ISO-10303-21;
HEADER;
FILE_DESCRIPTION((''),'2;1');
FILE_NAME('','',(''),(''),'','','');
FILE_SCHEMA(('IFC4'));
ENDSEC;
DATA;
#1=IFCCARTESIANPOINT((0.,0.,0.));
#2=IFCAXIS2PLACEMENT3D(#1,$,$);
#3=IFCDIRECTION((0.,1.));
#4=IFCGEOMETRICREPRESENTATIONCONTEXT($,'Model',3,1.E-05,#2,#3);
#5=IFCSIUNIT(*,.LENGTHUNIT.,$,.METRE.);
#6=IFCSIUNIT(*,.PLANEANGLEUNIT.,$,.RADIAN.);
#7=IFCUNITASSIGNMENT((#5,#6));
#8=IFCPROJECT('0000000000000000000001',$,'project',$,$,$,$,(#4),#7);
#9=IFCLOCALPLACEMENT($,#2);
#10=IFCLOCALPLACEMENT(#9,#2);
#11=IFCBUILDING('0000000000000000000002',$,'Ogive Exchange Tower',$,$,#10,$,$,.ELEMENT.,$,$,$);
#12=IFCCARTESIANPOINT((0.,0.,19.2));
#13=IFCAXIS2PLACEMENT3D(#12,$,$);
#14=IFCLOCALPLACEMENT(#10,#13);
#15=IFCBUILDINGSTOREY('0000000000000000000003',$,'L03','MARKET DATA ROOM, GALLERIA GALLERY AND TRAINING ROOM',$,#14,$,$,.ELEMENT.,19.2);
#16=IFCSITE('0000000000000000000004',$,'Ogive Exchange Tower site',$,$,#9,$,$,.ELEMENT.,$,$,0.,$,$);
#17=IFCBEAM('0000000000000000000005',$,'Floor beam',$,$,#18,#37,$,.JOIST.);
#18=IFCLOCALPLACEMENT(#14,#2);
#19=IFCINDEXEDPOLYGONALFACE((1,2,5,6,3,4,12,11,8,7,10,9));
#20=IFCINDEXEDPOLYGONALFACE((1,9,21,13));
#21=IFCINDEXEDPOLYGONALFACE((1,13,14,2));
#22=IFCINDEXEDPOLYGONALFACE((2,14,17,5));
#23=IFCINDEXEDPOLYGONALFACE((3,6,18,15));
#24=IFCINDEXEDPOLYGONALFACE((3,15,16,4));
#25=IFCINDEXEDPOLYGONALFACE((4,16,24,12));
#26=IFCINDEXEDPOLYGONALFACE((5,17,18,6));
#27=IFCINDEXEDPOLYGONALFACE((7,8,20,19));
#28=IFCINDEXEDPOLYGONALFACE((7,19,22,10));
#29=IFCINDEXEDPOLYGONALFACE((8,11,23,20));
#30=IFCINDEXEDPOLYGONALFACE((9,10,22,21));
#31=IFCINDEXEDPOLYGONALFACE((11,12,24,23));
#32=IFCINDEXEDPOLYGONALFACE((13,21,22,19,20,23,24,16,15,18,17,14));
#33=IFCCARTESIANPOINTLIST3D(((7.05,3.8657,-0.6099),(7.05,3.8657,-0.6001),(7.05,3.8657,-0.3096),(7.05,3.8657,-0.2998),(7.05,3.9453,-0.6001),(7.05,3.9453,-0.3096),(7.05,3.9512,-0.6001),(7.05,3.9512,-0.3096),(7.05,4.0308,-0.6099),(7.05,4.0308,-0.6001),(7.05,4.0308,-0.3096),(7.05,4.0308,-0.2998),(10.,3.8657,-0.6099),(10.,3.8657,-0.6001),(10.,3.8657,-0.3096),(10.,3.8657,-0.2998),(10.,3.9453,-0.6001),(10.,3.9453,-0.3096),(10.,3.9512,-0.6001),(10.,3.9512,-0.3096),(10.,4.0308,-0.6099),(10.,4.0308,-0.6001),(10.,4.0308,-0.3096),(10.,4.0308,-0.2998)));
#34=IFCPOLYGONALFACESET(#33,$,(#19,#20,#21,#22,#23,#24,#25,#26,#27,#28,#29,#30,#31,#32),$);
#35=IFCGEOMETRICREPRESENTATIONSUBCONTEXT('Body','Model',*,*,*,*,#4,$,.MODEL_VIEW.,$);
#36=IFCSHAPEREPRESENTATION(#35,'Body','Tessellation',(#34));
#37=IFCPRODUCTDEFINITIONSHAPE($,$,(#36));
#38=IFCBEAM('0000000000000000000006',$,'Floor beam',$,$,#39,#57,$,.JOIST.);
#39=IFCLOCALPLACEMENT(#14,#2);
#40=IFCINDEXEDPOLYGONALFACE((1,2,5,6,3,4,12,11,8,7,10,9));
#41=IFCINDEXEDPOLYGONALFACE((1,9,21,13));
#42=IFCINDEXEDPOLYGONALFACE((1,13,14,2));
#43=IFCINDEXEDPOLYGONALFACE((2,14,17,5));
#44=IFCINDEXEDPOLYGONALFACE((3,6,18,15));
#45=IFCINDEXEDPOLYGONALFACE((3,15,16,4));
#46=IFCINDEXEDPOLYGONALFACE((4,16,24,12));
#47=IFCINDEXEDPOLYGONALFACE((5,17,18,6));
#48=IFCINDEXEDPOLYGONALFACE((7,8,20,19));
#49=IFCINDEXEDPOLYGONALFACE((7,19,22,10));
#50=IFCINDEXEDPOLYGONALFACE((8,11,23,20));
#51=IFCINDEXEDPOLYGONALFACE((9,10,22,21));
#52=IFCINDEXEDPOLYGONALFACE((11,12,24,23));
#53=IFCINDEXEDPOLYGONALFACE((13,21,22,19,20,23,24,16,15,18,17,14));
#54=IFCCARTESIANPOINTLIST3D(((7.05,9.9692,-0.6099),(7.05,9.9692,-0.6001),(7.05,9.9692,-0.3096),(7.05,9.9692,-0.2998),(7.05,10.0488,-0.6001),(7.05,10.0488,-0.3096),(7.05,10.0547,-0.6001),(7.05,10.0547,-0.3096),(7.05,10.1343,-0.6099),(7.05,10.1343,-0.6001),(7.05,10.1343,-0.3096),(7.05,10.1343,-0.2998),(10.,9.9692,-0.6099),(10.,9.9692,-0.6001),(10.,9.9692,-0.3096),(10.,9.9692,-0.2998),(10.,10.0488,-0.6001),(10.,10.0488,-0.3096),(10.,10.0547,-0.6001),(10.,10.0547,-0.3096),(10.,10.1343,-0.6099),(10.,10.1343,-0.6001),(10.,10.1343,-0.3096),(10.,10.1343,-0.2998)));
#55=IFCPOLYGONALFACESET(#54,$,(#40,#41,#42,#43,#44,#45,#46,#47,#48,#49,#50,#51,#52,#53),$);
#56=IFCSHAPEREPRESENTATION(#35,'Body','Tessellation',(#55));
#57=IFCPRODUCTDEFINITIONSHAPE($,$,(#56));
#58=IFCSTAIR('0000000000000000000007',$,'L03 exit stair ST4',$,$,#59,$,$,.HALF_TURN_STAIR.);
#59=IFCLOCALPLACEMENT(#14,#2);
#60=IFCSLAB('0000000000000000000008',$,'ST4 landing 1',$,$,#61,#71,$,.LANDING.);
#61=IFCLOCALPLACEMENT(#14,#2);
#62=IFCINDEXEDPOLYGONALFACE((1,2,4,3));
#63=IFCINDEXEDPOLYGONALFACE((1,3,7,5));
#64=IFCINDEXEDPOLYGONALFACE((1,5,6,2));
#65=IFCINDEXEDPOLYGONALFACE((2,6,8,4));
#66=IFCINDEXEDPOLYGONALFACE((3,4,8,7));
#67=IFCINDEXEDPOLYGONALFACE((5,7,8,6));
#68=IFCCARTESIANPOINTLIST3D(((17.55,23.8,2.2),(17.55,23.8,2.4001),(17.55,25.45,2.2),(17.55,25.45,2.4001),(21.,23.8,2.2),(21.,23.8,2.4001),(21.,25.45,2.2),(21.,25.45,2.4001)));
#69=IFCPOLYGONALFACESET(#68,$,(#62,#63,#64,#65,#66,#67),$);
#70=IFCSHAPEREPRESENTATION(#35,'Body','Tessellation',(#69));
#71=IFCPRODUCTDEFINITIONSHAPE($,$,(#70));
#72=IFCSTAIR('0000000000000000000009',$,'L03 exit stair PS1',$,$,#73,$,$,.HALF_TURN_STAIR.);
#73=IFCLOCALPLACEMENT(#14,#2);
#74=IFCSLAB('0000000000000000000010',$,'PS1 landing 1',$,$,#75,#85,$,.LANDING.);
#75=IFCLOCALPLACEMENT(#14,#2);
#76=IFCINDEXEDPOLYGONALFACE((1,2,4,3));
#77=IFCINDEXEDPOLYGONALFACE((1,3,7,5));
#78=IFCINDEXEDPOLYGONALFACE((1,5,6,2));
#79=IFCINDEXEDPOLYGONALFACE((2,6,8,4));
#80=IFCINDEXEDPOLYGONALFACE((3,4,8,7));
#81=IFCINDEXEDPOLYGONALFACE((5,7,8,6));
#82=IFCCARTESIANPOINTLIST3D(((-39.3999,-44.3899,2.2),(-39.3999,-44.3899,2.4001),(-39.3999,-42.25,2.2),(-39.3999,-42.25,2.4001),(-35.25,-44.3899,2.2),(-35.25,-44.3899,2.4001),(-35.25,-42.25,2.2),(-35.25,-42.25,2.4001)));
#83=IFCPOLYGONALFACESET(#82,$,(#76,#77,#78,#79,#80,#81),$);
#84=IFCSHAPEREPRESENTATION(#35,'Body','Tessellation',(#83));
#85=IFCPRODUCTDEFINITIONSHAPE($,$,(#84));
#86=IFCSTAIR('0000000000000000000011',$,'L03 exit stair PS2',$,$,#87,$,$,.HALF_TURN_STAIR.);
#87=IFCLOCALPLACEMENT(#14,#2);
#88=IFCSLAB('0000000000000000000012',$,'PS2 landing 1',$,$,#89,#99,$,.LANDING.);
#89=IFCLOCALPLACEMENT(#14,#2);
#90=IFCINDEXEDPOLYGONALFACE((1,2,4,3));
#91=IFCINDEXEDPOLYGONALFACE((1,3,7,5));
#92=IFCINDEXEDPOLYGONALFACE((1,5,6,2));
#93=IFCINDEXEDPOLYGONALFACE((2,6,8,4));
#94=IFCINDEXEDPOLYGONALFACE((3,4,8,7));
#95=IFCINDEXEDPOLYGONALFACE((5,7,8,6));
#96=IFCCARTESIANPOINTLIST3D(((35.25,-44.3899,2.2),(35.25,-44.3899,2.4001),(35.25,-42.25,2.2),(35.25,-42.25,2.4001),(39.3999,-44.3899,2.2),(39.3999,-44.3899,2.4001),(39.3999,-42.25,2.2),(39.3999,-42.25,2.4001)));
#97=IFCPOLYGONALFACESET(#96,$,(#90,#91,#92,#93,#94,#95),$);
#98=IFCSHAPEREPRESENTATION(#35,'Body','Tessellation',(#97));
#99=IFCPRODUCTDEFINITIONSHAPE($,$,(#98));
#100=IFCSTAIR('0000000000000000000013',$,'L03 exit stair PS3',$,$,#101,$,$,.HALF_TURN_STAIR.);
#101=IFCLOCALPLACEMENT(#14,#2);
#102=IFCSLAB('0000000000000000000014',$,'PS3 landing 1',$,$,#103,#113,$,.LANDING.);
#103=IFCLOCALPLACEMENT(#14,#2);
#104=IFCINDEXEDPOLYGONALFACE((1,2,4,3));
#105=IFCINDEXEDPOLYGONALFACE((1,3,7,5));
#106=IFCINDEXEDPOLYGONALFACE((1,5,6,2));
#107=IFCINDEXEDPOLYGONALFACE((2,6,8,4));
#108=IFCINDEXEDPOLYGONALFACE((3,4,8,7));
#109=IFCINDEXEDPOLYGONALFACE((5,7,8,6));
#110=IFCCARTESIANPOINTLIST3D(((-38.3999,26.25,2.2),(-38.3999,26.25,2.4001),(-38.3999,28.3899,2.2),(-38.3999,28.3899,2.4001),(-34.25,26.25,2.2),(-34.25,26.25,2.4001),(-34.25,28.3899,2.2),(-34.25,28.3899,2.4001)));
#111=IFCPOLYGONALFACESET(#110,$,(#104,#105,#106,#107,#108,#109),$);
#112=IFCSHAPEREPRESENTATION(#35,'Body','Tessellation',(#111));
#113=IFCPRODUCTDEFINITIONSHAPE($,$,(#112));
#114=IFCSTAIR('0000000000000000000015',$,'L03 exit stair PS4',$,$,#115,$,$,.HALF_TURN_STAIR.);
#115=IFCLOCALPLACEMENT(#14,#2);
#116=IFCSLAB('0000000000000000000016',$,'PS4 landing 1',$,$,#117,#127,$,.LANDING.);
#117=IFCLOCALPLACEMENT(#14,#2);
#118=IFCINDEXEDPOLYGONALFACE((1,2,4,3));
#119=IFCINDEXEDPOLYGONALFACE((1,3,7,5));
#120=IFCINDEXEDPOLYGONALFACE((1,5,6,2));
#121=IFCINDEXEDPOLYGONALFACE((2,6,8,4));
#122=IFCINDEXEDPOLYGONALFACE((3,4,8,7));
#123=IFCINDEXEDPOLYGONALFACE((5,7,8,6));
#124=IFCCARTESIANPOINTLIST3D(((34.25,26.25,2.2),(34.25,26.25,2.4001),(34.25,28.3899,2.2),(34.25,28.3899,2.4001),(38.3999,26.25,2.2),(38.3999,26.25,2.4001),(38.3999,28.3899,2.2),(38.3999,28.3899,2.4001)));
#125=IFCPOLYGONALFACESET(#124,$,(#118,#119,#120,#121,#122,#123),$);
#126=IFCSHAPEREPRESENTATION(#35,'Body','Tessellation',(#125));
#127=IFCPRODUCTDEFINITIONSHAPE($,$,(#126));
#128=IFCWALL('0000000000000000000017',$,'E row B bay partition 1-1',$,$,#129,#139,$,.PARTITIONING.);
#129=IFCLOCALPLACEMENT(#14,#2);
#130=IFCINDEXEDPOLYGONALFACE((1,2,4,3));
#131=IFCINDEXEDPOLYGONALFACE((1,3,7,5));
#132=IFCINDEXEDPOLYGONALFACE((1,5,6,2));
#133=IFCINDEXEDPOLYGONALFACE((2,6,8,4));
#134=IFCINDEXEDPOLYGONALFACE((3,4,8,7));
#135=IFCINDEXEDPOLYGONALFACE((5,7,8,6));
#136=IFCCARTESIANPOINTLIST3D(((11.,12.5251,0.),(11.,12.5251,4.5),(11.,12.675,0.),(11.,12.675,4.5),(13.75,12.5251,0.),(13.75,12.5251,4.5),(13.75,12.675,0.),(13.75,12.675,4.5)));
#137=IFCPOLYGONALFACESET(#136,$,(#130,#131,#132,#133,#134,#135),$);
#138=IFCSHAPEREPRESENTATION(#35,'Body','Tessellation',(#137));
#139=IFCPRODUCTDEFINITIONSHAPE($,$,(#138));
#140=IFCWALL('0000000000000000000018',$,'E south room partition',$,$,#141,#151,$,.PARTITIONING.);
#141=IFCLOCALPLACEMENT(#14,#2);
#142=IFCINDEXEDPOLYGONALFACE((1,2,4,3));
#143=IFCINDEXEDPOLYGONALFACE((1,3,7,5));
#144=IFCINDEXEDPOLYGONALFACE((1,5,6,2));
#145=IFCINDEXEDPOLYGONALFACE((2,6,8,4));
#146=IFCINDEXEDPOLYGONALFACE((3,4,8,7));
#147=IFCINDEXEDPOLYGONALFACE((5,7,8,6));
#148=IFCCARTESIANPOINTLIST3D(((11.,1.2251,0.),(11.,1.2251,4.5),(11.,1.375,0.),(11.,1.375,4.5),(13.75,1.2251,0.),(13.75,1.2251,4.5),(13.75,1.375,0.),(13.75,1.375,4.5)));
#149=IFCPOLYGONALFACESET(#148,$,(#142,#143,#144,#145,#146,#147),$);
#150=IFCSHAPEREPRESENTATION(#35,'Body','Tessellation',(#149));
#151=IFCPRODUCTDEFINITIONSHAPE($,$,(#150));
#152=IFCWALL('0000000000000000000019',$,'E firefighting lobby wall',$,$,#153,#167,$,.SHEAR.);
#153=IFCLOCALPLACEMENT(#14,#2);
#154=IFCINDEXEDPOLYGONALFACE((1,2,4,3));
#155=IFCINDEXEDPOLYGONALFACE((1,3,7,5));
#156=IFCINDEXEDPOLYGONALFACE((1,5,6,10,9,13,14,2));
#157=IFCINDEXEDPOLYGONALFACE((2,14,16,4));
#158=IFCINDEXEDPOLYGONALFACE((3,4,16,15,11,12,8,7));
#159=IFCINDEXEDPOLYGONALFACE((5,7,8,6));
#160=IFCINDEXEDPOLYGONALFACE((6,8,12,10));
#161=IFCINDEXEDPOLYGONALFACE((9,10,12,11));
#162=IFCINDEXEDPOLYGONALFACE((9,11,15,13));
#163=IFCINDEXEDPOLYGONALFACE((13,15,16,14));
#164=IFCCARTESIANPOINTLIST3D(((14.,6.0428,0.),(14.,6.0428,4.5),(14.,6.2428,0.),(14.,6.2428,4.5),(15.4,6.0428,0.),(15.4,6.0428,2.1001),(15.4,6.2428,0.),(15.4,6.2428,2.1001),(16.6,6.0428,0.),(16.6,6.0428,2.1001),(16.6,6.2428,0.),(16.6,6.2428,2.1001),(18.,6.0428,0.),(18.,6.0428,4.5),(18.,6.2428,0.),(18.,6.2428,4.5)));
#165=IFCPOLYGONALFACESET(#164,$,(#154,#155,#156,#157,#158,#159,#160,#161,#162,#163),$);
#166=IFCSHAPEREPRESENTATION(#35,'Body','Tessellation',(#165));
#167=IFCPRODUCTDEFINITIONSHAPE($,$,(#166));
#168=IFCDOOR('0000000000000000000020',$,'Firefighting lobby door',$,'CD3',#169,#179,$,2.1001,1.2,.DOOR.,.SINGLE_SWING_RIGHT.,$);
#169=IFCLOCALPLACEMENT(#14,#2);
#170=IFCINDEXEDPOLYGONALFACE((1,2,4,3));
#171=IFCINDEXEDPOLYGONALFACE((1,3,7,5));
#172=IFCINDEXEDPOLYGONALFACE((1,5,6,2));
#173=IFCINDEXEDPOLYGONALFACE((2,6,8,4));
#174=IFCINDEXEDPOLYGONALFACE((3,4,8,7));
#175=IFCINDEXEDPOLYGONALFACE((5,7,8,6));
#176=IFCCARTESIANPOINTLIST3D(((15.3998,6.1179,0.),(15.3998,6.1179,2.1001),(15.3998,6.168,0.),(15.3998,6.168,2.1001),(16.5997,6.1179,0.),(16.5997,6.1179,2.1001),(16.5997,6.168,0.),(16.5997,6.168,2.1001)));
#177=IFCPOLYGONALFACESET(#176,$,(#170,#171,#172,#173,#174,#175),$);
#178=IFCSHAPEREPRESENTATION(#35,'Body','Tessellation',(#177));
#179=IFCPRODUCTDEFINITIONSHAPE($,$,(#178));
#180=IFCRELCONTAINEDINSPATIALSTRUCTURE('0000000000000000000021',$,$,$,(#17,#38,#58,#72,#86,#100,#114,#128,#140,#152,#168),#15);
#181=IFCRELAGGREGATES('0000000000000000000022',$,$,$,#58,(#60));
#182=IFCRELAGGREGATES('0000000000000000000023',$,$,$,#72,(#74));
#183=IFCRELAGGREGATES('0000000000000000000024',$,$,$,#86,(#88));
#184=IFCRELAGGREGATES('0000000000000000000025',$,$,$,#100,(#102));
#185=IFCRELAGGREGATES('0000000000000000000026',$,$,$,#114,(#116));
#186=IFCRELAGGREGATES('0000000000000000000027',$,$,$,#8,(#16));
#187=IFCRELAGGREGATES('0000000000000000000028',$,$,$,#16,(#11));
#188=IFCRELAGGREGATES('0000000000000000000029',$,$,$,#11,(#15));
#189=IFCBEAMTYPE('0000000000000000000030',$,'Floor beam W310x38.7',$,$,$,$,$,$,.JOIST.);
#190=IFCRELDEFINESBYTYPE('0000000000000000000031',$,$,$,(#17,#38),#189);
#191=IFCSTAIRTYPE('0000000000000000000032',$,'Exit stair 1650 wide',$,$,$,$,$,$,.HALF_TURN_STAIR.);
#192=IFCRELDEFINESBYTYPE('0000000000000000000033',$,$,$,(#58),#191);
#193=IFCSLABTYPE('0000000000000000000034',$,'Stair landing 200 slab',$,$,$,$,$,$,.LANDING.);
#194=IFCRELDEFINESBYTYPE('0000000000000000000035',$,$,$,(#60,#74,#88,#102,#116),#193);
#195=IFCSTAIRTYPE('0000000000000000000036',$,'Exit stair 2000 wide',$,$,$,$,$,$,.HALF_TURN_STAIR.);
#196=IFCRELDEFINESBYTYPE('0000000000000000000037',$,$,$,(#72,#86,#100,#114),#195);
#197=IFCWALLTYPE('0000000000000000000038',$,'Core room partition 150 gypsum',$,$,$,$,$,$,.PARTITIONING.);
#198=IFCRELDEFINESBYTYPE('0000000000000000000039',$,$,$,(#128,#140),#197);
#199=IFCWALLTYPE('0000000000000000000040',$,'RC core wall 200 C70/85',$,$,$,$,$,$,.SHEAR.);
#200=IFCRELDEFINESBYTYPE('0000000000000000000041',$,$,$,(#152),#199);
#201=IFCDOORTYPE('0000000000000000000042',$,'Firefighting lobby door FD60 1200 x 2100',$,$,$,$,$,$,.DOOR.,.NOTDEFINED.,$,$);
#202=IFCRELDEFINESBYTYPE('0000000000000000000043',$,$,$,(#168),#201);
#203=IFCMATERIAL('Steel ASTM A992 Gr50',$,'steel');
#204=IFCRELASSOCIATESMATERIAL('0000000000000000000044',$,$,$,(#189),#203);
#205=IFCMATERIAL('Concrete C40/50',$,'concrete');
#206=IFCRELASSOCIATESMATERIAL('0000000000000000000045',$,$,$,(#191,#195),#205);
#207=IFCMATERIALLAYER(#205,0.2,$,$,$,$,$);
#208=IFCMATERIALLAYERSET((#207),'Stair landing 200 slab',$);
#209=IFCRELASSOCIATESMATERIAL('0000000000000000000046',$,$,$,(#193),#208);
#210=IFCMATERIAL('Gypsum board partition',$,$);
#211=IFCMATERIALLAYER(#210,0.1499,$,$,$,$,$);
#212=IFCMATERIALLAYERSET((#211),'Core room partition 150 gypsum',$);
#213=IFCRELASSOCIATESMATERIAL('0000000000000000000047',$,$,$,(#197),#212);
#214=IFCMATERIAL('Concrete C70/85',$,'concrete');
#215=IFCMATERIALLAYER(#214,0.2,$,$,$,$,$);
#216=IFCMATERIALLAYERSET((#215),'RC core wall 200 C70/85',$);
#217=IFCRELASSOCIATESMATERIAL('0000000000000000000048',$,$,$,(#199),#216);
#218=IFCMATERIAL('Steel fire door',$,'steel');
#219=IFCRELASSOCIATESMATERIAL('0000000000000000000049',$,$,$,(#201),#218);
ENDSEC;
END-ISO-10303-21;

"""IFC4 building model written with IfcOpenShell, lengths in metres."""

from ifc_helpers import new_model, si_unit, direction, frame, frame_2d, origin, origin_2d, place, context, subcontext, project, spatial, polyline, rectangle, i_section, outline, extrude, material, layer, layer_set, material_profile, profile_set, type_object, element, fill, aggregate, save


model = new_model("IFC4")

# Units and contexts
model_context = context("Model", 3, precision=1e-05, world=origin(), true_north=direction((0.0, 1.0)))
body_context = subcontext(model_context, "Body", "Model", "MODEL_VIEW")
ifc_project = project(units=[si_unit("LENGTHUNIT", "METRE"), si_unit("PLANEANGLEUNIT", "RADIAN")], contexts=[model_context])

# Site, building, storey
site_placement = place(None, origin())
site = spatial("IfcSite", under=ifc_project, at=site_placement, Name="Ogive Exchange Tower site", CompositionType="ELEMENT", RefElevation=0.0)
building_placement = place(site_placement, origin())
building = spatial("IfcBuilding", under=site, at=building_placement, Name="Ogive Exchange Tower", CompositionType="ELEMENT")
storey_placement = place(building_placement, frame((0.0, 0.0, 19.2)))
storey = spatial("IfcBuildingStorey", under=building, at=storey_placement, Name="L03", Description="MARKET DATA ROOM, GALLERIA GALLERY AND TRAINING ROOM", CompositionType="ELEMENT", Elevation=19.2)

# Beams
ifc_material_1 = material(Name="Steel ASTM A992 Gr50", Category="steel")
ifc_material_profile = material_profile(ifc_material_1, i_section(OverallWidth=0.165, OverallDepth=0.3101, WebThickness=0.0059, FlangeThickness=0.0098, at=origin_2d()), Name="W310x38.7")
ifc_profile_set = profile_set([ifc_material_profile], Name="Steel ASTM A992 Gr50")
beam_type = type_object("IfcBeamType", Name="Floor beam W310x38.7", PredefinedType="JOIST", material=ifc_profile_set)
for number, where, z_axis, x_axis, name in (
    (1, (7.05, 3.9482, -0.4548), (1.0, 0.0, 0.0), (0.0, 1.0, 0.0), "Floor beam"),
    (2, (7.05, 10.0518, -0.4548), (1.0, 0.0, 0.0), (0.0, 1.0, 0.0), "Floor beam"),
):
    element("IfcBeam", number, at=place(storey_placement, frame(where, z_axis=z_axis, x_axis=x_axis)), inside=storey, type_object=beam_type, Name=name, PredefinedType="JOIST", context=body_context, shape_type="SweptSolid", body=[
        extrude(i_section(OverallWidth=0.165, OverallDepth=0.3101, WebThickness=0.0059, FlangeThickness=0.0098, at=origin_2d()), origin(), (0.0, 0.0, 1.0), 2.95),
    ])

# Stairs, slabs
ifc_material_2 = material(Name="Concrete C40/50", Category="concrete")
stair_type_1 = type_object("IfcStairType", Name="Exit stair 1650 wide", PredefinedType="HALF_TURN_STAIR", material=ifc_material_2)
stair_1_placement = place(storey_placement, origin())
stair_1 = element("IfcStair", 3, at=stair_1_placement, inside=storey, type_object=stair_type_1, Name="L03 exit stair ST4", PredefinedType="HALF_TURN_STAIR")
ifc_layer_1 = layer(ifc_material_2, 0.2)
ifc_layer_set_1 = layer_set([ifc_layer_1], Name="Stair landing 200 slab")
slab_type = type_object("IfcSlabType", Name="Stair landing 200 slab", PredefinedType="LANDING", material=ifc_layer_set_1)
slab_1_placement = place(storey_placement, frame((0.0, 0.0, 2.2)))
slab_1 = element("IfcSlab", 4, at=slab_1_placement, type_object=slab_type, Name="ST4 landing 1", PredefinedType="LANDING", context=body_context, shape_type="SweptSolid", body=[
    extrude(outline(polyline([(21.0, 23.8), (21.0, 25.45), (17.55, 25.45), (17.55, 23.8), (21.0, 23.8)])), origin(), (0.0, 0.0, 1.0), 0.2002),
])
aggregate(stair_1, [slab_1])
stair_type_2 = type_object("IfcStairType", Name="Exit stair 2000 wide", PredefinedType="HALF_TURN_STAIR", material=ifc_material_2)
stair_2_placement = place(storey_placement, origin())
stair_2 = element("IfcStair", 5, at=stair_2_placement, inside=storey, type_object=stair_type_2, Name="L03 exit stair PS1", PredefinedType="HALF_TURN_STAIR")
slab_2_placement = place(storey_placement, frame((0.0, 0.0, 2.2)))
slab_2 = element("IfcSlab", 6, at=slab_2_placement, type_object=slab_type, Name="PS1 landing 1", PredefinedType="LANDING", context=body_context, shape_type="SweptSolid", body=[
    extrude(outline(polyline([(-35.25, -44.3899), (-35.25, -42.25), (-39.3999, -42.25), (-39.3999, -44.3899), (-35.25, -44.3899)])), origin(), (0.0, 0.0, 1.0), 0.2002),
])
aggregate(stair_2, [slab_2])
stair_3_placement = place(storey_placement, origin())
stair_3 = element("IfcStair", 7, at=stair_3_placement, inside=storey, type_object=stair_type_2, Name="L03 exit stair PS2", PredefinedType="HALF_TURN_STAIR")
slab_3_placement = place(storey_placement, frame((0.0, 0.0, 2.2)))
slab_3 = element("IfcSlab", 8, at=slab_3_placement, type_object=slab_type, Name="PS2 landing 1", PredefinedType="LANDING", context=body_context, shape_type="SweptSolid", body=[
    extrude(outline(polyline([(39.3999, -44.3899), (39.3999, -42.25), (35.25, -42.25), (35.25, -44.3899), (39.3999, -44.3899)])), origin(), (0.0, 0.0, 1.0), 0.2002),
])
aggregate(stair_3, [slab_3])
stair_4_placement = place(storey_placement, origin())
stair_4 = element("IfcStair", 9, at=stair_4_placement, inside=storey, type_object=stair_type_2, Name="L03 exit stair PS3", PredefinedType="HALF_TURN_STAIR")
slab_4_placement = place(storey_placement, frame((0.0, 0.0, 2.2)))
slab_4 = element("IfcSlab", 10, at=slab_4_placement, type_object=slab_type, Name="PS3 landing 1", PredefinedType="LANDING", context=body_context, shape_type="SweptSolid", body=[
    extrude(outline(polyline([(-38.3999, 28.3899), (-38.3999, 26.25), (-34.25, 26.25), (-34.25, 28.3899), (-38.3999, 28.3899)])), origin(), (0.0, 0.0, 1.0), 0.2002),
])
aggregate(stair_4, [slab_4])
stair_5_placement = place(storey_placement, origin())
stair_5 = element("IfcStair", 11, at=stair_5_placement, inside=storey, type_object=stair_type_2, Name="L03 exit stair PS4", PredefinedType="HALF_TURN_STAIR")
slab_5_placement = place(storey_placement, frame((0.0, 0.0, 2.2)))
slab_5 = element("IfcSlab", 12, at=slab_5_placement, type_object=slab_type, Name="PS4 landing 1", PredefinedType="LANDING", context=body_context, shape_type="SweptSolid", body=[
    extrude(outline(polyline([(34.25, 28.3899), (34.25, 26.25), (38.3999, 26.25), (38.3999, 28.3899), (34.25, 28.3899)])), origin(), (0.0, 0.0, 1.0), 0.2002),
])
aggregate(stair_5, [slab_5])

# Walls
ifc_material_3 = material(Name="Gypsum board partition")
ifc_layer_2 = layer(ifc_material_3, 0.1499)
ifc_layer_set_2 = layer_set([ifc_layer_2], Name="Core room partition 150 gypsum")
wall_type_1 = type_object("IfcWallType", Name="Core room partition 150 gypsum", PredefinedType="PARTITIONING", material=ifc_layer_set_2)
for number, where, z_axis, x_axis, name in (
    (13, (11.0, 12.6001, 0.0), (0.0, 0.0, 1.0), (1.0, 0.0, 0.0), "E row B bay partition 1-1"),
    (14, (11.0, 1.3, 0.0), (0.0, 0.0, 1.0), (1.0, 0.0, 0.0), "E south room partition"),
):
    element("IfcWall", number, at=place(storey_placement, frame(where, z_axis=z_axis, x_axis=x_axis)), inside=storey, type_object=wall_type_1, Name=name, PredefinedType="PARTITIONING", context=body_context, shape_type="SweptSolid", body=[
        extrude(rectangle(XDim=2.75, YDim=0.1499, at=frame_2d((1.375, 0.0))), origin(), (0.0, 0.0, 1.0), 4.5),
    ])

# Wall, opening, door
ifc_material_4 = material(Name="Concrete C70/85", Category="concrete")
ifc_layer_3 = layer(ifc_material_4, 0.2)
ifc_layer_set_3 = layer_set([ifc_layer_3], Name="RC core wall 200 C70/85")
wall_type_2 = type_object("IfcWallType", Name="RC core wall 200 C70/85", PredefinedType="SHEAR", material=ifc_layer_set_3)
wall_1_placement = place(storey_placement, frame((14.0, 6.1428, 0.0), z_axis=(0.0, 0.0, 1.0), x_axis=(1.0, 0.0, 0.0)))
wall_1 = element("IfcWall", 15, at=wall_1_placement, inside=storey, type_object=wall_type_2, Name="E firefighting lobby wall", PredefinedType="SHEAR", context=body_context, shape_type="SweptSolid", body=[
    extrude(rectangle(XDim=4.0, YDim=0.2, at=frame_2d((2.0, 0.0))), origin(), (0.0, 0.0, 1.0), 4.5),
])
opening_1_placement = place(wall_1_placement, frame((1.3999, 0.0, 0.0)))
opening_1 = element("IfcOpeningElement", 16, at=opening_1_placement, cuts=wall_1, PredefinedType="OPENING", context=body_context, shape_type="SweptSolid", body=[
    extrude(rectangle(XDim=1.2, YDim=2.1001, at=frame_2d((0.6001, 1.05))), frame((0.0, 0.1099, 0.0), z_axis=(0.0, -1.0, 0.0), x_axis=(1.0, 0.0, 0.0)), (0.0, 0.0, 1.0), 0.22),
])
ifc_material_5 = material(Name="Steel fire door", Category="steel")
door_type_1 = type_object("IfcDoorType", Name="Firefighting lobby door FD60 1200 x 2100", OperationType="NOTDEFINED", PredefinedType="DOOR", material=ifc_material_5)
door_1_placement = place(opening_1_placement, frame((1.2, 0.0, 0.0), z_axis=(0.0, 0.0, 1.0), x_axis=(-1.0, 0.0, 0.0)))
door_1 = element("IfcDoor", 17, at=door_1_placement, inside=storey, type_object=door_type_1, Name="Firefighting lobby door", ObjectType="CD3", OperationType="SINGLE_SWING_RIGHT", OverallHeight=2.1001, OverallWidth=1.2, PredefinedType="DOOR", context=body_context, shape_type="SweptSolid", body=[
    extrude(rectangle(XDim=1.2, YDim=2.1001, at=frame_2d((0.6001, 1.05))), frame((0.0, 0.0249, 0.0), z_axis=(0.0, -1.0, 0.0), x_axis=(1.0, 0.0, 0.0)), (0.0, 0.0, 1.0), 0.05),
])
fill(opening_1, door_1)

save(model, "model.ifc")
